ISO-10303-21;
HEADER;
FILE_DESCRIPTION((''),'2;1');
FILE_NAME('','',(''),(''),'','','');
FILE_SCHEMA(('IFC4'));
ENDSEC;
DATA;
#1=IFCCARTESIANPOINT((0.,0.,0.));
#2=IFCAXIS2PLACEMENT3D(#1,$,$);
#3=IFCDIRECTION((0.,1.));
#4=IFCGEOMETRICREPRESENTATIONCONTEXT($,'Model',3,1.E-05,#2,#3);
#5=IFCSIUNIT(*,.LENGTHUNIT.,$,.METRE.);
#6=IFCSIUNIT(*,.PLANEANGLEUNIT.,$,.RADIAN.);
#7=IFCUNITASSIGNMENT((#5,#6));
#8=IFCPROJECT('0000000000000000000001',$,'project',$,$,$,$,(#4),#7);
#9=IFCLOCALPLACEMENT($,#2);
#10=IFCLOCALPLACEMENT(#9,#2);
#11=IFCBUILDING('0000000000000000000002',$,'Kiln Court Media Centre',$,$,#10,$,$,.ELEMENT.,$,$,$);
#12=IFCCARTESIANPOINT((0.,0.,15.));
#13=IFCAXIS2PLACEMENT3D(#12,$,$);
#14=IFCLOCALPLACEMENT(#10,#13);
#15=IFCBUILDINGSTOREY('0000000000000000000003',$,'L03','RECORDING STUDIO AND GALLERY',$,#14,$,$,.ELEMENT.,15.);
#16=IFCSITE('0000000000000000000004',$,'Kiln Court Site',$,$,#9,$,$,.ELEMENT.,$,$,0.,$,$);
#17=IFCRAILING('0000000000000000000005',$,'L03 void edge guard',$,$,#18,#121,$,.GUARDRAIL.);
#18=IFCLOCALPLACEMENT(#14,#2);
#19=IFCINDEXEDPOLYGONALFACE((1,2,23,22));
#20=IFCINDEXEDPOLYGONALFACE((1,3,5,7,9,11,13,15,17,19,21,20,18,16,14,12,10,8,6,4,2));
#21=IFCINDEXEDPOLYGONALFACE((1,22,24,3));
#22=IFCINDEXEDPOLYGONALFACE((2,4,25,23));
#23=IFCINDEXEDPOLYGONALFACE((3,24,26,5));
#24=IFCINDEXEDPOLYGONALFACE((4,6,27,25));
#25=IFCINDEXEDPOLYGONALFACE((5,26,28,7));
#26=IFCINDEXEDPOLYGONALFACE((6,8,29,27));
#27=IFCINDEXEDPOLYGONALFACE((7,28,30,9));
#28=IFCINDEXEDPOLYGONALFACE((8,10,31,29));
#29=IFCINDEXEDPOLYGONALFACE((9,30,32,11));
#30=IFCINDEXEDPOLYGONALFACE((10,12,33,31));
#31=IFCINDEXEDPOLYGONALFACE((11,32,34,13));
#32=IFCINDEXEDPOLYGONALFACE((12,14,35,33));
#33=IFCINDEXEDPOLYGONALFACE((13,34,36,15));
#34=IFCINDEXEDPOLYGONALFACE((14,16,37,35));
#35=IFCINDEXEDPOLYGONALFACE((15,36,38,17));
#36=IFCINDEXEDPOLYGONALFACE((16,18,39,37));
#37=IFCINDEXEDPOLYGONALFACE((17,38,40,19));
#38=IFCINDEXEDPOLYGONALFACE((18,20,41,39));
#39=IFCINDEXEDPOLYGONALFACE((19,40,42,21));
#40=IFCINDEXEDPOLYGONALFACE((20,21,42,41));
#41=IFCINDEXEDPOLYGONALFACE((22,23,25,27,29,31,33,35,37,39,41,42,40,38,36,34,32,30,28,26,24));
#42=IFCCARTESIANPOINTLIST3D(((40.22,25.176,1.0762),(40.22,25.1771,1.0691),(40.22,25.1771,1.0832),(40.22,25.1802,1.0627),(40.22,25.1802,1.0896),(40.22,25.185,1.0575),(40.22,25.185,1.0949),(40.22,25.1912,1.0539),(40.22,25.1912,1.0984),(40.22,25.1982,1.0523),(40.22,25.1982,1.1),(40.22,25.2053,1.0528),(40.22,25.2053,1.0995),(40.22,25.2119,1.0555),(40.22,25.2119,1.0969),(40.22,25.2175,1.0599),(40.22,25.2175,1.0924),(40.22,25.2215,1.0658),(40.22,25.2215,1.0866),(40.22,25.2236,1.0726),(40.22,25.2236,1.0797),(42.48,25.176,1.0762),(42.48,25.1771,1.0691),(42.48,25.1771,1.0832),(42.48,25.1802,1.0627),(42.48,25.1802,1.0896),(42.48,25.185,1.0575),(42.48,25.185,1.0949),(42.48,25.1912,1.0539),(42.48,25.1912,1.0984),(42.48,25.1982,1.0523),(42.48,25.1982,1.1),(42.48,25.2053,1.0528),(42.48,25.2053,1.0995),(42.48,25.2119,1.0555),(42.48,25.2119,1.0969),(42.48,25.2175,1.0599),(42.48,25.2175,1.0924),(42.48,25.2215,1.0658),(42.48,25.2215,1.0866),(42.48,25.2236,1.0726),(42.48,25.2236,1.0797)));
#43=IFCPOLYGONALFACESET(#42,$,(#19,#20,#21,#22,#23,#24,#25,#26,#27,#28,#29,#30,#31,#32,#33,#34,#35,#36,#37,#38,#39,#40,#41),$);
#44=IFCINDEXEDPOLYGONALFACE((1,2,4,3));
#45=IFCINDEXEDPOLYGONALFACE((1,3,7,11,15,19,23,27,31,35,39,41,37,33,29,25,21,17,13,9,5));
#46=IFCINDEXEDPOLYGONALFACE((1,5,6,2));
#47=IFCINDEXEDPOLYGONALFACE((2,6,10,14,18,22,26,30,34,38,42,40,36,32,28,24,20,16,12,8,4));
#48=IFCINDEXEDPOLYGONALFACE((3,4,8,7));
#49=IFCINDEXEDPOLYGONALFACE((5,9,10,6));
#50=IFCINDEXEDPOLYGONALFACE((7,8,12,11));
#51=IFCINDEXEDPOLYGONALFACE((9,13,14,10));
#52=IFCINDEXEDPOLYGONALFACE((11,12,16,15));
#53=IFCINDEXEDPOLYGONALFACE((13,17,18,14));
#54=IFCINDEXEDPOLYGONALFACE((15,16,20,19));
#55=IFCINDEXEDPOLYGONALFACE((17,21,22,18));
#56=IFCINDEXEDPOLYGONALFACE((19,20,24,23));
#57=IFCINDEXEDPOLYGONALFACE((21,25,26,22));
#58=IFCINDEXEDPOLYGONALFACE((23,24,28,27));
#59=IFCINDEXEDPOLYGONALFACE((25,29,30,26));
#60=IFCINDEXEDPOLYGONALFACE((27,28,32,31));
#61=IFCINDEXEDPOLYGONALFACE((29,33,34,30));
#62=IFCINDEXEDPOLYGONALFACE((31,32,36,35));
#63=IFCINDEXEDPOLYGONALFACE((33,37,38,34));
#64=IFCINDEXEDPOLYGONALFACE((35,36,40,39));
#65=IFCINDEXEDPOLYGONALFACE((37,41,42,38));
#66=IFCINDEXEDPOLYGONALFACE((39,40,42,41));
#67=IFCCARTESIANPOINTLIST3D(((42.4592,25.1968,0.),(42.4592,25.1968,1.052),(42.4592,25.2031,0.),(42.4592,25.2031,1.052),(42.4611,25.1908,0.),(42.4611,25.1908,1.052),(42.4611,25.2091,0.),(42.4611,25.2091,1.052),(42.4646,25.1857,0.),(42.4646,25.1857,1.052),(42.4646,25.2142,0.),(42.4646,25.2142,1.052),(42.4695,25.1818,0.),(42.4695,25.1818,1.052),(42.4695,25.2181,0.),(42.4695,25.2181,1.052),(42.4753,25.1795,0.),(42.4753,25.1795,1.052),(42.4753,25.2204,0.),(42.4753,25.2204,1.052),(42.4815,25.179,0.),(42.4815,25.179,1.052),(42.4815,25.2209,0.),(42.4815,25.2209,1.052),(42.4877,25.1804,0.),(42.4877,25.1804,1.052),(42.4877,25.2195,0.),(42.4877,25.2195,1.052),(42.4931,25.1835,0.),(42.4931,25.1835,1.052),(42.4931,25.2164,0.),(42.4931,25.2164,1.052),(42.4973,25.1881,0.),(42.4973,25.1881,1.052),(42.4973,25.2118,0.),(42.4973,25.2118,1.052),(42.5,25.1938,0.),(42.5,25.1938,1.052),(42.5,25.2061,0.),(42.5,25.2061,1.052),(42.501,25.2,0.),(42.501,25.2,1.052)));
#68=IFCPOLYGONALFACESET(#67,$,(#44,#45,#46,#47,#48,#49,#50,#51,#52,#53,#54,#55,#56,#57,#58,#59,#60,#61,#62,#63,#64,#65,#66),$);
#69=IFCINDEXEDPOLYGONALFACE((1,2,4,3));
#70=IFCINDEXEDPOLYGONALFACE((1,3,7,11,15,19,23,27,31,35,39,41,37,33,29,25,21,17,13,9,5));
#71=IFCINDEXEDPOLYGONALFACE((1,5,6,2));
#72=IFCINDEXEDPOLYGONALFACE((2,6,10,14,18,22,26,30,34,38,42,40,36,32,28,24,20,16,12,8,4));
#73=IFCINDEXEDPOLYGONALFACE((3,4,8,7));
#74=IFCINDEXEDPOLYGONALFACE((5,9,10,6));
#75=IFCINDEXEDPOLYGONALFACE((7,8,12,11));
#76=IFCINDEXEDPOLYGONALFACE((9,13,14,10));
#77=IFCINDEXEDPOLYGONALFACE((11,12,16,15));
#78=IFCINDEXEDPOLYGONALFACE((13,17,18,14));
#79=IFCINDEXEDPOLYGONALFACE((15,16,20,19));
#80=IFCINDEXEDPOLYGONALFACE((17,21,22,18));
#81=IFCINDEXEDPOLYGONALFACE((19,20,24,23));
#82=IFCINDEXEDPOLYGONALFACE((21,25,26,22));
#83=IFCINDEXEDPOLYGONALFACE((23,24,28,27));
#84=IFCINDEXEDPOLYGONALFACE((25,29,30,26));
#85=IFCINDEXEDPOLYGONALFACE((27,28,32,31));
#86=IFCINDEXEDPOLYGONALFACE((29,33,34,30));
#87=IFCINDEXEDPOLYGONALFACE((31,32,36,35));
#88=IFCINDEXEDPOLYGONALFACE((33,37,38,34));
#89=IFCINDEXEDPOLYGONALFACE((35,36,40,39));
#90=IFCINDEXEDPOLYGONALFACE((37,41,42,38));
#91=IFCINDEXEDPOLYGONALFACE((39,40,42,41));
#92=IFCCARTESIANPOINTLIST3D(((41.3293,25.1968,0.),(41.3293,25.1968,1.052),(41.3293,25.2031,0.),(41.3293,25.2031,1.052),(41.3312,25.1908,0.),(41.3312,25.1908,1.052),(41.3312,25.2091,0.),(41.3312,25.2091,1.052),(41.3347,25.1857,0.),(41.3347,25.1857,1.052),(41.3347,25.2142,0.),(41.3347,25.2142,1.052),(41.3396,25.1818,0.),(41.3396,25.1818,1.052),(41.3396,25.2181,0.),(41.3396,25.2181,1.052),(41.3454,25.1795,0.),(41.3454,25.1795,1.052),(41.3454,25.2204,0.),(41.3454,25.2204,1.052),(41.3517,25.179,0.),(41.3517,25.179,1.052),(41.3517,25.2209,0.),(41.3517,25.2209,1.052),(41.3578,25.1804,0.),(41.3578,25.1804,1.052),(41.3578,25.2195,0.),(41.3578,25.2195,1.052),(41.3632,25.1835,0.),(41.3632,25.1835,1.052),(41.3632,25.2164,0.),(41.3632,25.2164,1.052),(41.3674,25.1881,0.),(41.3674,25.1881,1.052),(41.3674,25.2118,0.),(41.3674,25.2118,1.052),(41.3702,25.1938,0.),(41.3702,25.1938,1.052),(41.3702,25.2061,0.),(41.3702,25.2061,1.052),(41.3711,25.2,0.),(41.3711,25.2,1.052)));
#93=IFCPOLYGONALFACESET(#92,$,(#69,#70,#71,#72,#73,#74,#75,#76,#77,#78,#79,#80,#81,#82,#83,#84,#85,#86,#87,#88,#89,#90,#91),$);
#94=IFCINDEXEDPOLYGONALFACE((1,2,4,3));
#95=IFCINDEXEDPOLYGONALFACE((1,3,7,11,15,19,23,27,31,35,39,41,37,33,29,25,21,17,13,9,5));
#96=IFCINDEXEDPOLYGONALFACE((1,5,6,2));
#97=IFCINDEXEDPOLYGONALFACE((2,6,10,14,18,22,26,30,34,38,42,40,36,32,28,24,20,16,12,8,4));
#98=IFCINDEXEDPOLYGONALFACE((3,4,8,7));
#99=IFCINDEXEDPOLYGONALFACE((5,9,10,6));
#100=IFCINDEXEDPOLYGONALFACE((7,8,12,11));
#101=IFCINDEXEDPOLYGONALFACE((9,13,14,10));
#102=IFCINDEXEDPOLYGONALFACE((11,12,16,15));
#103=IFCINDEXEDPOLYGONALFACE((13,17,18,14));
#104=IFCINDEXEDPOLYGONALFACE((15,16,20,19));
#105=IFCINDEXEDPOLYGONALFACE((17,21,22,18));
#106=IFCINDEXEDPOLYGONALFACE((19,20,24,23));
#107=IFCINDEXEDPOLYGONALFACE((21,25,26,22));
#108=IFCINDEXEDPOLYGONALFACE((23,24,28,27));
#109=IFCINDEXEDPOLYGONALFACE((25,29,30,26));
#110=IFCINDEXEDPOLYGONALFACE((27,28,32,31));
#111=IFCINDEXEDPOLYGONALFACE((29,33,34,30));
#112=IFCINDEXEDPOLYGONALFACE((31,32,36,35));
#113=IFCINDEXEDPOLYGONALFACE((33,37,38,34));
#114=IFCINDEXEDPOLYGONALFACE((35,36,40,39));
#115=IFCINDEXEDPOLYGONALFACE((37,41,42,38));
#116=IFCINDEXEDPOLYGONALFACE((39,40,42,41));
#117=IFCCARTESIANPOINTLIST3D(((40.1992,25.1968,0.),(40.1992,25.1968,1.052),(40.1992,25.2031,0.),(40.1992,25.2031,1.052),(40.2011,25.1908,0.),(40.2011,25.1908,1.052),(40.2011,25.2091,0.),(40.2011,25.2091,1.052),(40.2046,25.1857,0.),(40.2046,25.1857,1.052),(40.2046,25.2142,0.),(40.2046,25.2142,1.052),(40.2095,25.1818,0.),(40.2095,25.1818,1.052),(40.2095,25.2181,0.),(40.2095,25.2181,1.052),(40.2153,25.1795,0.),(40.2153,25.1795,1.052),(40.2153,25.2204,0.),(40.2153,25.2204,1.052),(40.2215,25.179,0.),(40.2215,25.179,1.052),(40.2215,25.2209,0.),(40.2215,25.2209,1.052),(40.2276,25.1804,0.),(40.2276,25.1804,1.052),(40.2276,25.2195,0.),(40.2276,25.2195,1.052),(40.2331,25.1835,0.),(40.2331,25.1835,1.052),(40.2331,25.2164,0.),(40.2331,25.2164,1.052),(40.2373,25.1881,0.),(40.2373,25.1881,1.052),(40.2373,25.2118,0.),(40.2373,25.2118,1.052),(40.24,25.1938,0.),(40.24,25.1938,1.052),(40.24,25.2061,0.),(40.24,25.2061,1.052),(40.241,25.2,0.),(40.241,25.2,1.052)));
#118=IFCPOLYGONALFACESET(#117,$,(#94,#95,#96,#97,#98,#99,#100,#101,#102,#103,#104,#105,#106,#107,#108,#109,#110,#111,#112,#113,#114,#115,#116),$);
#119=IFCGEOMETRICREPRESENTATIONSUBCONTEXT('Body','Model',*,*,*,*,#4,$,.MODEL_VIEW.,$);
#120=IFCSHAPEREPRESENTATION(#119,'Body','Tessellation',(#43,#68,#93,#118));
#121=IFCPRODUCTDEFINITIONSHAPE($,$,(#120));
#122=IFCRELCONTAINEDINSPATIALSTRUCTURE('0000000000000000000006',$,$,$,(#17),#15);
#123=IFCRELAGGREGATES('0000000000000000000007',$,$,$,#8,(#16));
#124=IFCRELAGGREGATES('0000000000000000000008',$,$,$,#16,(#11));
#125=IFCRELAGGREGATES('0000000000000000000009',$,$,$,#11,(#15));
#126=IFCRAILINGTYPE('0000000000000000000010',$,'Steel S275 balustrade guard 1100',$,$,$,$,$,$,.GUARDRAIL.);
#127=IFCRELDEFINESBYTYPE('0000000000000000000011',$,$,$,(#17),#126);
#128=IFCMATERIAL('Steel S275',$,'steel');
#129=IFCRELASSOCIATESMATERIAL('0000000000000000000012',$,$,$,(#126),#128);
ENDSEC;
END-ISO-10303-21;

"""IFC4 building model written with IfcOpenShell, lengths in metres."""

from ifc_helpers import new_model, si_unit, direction, frame, origin, origin_2d, place, context, subcontext, project, spatial, circle, extrude, material, type_object, element, save


model = new_model("IFC4")

# Units and contexts
model_context = context("Model", 3, precision=1e-05, world=origin(), true_north=direction((0.0, 1.0)))
body_context = subcontext(model_context, "Body", "Model", "MODEL_VIEW")
ifc_project = project(units=[si_unit("LENGTHUNIT", "METRE"), si_unit("PLANEANGLEUNIT", "RADIAN")], contexts=[model_context])

# Site, building, storey
site_placement = place(None, origin())
site = spatial("IfcSite", under=ifc_project, at=site_placement, Name="Kiln Court Site", CompositionType="ELEMENT", RefElevation=0.0)
building_placement = place(site_placement, origin())
building = spatial("IfcBuilding", under=site, at=building_placement, Name="Kiln Court Media Centre", CompositionType="ELEMENT")
storey_placement = place(building_placement, frame((0.0, 0.0, 15.0)))
storey = spatial("IfcBuildingStorey", under=building, at=storey_placement, Name="L03", Description="RECORDING STUDIO AND GALLERY", CompositionType="ELEMENT", Elevation=15.0)

# Railing
ifc_material_1 = material(Name="Steel S275", Category="steel")
railing_type = type_object("IfcRailingType", Name="Steel S275 balustrade guard 1100", PredefinedType="GUARDRAIL", material=ifc_material_1)
railing_1_placement = place(storey_placement, frame((42.48, 25.2, 0.0)))
element("IfcRailing", 1, at=railing_1_placement, inside=storey, type_object=railing_type, Name="L03 void edge guard", PredefinedType="GUARDRAIL", context=body_context, shape_type="SweptSolid", body=[
    extrude(circle(Radius=0.0239, at=origin_2d()), frame((0.0, 0.0, 1.0762), z_axis=(-1.0, 0.0, 0.0), x_axis=(0.0, -1.0, 0.0)), (0.0, 0.0, 1.0), 2.26),
    extrude(circle(Radius=0.021, at=origin_2d()), origin(), (0.0, 0.0, 1.0), 1.052),
    extrude(circle(Radius=0.021, at=origin_2d()), frame((-1.1299, 0.0, 0.0)), (0.0, 0.0, 1.0), 1.052),
    extrude(circle(Radius=0.021, at=origin_2d()), frame((-2.26, 0.0, 0.0)), (0.0, 0.0, 1.0), 1.052),
])

save(model, "model.ifc")
